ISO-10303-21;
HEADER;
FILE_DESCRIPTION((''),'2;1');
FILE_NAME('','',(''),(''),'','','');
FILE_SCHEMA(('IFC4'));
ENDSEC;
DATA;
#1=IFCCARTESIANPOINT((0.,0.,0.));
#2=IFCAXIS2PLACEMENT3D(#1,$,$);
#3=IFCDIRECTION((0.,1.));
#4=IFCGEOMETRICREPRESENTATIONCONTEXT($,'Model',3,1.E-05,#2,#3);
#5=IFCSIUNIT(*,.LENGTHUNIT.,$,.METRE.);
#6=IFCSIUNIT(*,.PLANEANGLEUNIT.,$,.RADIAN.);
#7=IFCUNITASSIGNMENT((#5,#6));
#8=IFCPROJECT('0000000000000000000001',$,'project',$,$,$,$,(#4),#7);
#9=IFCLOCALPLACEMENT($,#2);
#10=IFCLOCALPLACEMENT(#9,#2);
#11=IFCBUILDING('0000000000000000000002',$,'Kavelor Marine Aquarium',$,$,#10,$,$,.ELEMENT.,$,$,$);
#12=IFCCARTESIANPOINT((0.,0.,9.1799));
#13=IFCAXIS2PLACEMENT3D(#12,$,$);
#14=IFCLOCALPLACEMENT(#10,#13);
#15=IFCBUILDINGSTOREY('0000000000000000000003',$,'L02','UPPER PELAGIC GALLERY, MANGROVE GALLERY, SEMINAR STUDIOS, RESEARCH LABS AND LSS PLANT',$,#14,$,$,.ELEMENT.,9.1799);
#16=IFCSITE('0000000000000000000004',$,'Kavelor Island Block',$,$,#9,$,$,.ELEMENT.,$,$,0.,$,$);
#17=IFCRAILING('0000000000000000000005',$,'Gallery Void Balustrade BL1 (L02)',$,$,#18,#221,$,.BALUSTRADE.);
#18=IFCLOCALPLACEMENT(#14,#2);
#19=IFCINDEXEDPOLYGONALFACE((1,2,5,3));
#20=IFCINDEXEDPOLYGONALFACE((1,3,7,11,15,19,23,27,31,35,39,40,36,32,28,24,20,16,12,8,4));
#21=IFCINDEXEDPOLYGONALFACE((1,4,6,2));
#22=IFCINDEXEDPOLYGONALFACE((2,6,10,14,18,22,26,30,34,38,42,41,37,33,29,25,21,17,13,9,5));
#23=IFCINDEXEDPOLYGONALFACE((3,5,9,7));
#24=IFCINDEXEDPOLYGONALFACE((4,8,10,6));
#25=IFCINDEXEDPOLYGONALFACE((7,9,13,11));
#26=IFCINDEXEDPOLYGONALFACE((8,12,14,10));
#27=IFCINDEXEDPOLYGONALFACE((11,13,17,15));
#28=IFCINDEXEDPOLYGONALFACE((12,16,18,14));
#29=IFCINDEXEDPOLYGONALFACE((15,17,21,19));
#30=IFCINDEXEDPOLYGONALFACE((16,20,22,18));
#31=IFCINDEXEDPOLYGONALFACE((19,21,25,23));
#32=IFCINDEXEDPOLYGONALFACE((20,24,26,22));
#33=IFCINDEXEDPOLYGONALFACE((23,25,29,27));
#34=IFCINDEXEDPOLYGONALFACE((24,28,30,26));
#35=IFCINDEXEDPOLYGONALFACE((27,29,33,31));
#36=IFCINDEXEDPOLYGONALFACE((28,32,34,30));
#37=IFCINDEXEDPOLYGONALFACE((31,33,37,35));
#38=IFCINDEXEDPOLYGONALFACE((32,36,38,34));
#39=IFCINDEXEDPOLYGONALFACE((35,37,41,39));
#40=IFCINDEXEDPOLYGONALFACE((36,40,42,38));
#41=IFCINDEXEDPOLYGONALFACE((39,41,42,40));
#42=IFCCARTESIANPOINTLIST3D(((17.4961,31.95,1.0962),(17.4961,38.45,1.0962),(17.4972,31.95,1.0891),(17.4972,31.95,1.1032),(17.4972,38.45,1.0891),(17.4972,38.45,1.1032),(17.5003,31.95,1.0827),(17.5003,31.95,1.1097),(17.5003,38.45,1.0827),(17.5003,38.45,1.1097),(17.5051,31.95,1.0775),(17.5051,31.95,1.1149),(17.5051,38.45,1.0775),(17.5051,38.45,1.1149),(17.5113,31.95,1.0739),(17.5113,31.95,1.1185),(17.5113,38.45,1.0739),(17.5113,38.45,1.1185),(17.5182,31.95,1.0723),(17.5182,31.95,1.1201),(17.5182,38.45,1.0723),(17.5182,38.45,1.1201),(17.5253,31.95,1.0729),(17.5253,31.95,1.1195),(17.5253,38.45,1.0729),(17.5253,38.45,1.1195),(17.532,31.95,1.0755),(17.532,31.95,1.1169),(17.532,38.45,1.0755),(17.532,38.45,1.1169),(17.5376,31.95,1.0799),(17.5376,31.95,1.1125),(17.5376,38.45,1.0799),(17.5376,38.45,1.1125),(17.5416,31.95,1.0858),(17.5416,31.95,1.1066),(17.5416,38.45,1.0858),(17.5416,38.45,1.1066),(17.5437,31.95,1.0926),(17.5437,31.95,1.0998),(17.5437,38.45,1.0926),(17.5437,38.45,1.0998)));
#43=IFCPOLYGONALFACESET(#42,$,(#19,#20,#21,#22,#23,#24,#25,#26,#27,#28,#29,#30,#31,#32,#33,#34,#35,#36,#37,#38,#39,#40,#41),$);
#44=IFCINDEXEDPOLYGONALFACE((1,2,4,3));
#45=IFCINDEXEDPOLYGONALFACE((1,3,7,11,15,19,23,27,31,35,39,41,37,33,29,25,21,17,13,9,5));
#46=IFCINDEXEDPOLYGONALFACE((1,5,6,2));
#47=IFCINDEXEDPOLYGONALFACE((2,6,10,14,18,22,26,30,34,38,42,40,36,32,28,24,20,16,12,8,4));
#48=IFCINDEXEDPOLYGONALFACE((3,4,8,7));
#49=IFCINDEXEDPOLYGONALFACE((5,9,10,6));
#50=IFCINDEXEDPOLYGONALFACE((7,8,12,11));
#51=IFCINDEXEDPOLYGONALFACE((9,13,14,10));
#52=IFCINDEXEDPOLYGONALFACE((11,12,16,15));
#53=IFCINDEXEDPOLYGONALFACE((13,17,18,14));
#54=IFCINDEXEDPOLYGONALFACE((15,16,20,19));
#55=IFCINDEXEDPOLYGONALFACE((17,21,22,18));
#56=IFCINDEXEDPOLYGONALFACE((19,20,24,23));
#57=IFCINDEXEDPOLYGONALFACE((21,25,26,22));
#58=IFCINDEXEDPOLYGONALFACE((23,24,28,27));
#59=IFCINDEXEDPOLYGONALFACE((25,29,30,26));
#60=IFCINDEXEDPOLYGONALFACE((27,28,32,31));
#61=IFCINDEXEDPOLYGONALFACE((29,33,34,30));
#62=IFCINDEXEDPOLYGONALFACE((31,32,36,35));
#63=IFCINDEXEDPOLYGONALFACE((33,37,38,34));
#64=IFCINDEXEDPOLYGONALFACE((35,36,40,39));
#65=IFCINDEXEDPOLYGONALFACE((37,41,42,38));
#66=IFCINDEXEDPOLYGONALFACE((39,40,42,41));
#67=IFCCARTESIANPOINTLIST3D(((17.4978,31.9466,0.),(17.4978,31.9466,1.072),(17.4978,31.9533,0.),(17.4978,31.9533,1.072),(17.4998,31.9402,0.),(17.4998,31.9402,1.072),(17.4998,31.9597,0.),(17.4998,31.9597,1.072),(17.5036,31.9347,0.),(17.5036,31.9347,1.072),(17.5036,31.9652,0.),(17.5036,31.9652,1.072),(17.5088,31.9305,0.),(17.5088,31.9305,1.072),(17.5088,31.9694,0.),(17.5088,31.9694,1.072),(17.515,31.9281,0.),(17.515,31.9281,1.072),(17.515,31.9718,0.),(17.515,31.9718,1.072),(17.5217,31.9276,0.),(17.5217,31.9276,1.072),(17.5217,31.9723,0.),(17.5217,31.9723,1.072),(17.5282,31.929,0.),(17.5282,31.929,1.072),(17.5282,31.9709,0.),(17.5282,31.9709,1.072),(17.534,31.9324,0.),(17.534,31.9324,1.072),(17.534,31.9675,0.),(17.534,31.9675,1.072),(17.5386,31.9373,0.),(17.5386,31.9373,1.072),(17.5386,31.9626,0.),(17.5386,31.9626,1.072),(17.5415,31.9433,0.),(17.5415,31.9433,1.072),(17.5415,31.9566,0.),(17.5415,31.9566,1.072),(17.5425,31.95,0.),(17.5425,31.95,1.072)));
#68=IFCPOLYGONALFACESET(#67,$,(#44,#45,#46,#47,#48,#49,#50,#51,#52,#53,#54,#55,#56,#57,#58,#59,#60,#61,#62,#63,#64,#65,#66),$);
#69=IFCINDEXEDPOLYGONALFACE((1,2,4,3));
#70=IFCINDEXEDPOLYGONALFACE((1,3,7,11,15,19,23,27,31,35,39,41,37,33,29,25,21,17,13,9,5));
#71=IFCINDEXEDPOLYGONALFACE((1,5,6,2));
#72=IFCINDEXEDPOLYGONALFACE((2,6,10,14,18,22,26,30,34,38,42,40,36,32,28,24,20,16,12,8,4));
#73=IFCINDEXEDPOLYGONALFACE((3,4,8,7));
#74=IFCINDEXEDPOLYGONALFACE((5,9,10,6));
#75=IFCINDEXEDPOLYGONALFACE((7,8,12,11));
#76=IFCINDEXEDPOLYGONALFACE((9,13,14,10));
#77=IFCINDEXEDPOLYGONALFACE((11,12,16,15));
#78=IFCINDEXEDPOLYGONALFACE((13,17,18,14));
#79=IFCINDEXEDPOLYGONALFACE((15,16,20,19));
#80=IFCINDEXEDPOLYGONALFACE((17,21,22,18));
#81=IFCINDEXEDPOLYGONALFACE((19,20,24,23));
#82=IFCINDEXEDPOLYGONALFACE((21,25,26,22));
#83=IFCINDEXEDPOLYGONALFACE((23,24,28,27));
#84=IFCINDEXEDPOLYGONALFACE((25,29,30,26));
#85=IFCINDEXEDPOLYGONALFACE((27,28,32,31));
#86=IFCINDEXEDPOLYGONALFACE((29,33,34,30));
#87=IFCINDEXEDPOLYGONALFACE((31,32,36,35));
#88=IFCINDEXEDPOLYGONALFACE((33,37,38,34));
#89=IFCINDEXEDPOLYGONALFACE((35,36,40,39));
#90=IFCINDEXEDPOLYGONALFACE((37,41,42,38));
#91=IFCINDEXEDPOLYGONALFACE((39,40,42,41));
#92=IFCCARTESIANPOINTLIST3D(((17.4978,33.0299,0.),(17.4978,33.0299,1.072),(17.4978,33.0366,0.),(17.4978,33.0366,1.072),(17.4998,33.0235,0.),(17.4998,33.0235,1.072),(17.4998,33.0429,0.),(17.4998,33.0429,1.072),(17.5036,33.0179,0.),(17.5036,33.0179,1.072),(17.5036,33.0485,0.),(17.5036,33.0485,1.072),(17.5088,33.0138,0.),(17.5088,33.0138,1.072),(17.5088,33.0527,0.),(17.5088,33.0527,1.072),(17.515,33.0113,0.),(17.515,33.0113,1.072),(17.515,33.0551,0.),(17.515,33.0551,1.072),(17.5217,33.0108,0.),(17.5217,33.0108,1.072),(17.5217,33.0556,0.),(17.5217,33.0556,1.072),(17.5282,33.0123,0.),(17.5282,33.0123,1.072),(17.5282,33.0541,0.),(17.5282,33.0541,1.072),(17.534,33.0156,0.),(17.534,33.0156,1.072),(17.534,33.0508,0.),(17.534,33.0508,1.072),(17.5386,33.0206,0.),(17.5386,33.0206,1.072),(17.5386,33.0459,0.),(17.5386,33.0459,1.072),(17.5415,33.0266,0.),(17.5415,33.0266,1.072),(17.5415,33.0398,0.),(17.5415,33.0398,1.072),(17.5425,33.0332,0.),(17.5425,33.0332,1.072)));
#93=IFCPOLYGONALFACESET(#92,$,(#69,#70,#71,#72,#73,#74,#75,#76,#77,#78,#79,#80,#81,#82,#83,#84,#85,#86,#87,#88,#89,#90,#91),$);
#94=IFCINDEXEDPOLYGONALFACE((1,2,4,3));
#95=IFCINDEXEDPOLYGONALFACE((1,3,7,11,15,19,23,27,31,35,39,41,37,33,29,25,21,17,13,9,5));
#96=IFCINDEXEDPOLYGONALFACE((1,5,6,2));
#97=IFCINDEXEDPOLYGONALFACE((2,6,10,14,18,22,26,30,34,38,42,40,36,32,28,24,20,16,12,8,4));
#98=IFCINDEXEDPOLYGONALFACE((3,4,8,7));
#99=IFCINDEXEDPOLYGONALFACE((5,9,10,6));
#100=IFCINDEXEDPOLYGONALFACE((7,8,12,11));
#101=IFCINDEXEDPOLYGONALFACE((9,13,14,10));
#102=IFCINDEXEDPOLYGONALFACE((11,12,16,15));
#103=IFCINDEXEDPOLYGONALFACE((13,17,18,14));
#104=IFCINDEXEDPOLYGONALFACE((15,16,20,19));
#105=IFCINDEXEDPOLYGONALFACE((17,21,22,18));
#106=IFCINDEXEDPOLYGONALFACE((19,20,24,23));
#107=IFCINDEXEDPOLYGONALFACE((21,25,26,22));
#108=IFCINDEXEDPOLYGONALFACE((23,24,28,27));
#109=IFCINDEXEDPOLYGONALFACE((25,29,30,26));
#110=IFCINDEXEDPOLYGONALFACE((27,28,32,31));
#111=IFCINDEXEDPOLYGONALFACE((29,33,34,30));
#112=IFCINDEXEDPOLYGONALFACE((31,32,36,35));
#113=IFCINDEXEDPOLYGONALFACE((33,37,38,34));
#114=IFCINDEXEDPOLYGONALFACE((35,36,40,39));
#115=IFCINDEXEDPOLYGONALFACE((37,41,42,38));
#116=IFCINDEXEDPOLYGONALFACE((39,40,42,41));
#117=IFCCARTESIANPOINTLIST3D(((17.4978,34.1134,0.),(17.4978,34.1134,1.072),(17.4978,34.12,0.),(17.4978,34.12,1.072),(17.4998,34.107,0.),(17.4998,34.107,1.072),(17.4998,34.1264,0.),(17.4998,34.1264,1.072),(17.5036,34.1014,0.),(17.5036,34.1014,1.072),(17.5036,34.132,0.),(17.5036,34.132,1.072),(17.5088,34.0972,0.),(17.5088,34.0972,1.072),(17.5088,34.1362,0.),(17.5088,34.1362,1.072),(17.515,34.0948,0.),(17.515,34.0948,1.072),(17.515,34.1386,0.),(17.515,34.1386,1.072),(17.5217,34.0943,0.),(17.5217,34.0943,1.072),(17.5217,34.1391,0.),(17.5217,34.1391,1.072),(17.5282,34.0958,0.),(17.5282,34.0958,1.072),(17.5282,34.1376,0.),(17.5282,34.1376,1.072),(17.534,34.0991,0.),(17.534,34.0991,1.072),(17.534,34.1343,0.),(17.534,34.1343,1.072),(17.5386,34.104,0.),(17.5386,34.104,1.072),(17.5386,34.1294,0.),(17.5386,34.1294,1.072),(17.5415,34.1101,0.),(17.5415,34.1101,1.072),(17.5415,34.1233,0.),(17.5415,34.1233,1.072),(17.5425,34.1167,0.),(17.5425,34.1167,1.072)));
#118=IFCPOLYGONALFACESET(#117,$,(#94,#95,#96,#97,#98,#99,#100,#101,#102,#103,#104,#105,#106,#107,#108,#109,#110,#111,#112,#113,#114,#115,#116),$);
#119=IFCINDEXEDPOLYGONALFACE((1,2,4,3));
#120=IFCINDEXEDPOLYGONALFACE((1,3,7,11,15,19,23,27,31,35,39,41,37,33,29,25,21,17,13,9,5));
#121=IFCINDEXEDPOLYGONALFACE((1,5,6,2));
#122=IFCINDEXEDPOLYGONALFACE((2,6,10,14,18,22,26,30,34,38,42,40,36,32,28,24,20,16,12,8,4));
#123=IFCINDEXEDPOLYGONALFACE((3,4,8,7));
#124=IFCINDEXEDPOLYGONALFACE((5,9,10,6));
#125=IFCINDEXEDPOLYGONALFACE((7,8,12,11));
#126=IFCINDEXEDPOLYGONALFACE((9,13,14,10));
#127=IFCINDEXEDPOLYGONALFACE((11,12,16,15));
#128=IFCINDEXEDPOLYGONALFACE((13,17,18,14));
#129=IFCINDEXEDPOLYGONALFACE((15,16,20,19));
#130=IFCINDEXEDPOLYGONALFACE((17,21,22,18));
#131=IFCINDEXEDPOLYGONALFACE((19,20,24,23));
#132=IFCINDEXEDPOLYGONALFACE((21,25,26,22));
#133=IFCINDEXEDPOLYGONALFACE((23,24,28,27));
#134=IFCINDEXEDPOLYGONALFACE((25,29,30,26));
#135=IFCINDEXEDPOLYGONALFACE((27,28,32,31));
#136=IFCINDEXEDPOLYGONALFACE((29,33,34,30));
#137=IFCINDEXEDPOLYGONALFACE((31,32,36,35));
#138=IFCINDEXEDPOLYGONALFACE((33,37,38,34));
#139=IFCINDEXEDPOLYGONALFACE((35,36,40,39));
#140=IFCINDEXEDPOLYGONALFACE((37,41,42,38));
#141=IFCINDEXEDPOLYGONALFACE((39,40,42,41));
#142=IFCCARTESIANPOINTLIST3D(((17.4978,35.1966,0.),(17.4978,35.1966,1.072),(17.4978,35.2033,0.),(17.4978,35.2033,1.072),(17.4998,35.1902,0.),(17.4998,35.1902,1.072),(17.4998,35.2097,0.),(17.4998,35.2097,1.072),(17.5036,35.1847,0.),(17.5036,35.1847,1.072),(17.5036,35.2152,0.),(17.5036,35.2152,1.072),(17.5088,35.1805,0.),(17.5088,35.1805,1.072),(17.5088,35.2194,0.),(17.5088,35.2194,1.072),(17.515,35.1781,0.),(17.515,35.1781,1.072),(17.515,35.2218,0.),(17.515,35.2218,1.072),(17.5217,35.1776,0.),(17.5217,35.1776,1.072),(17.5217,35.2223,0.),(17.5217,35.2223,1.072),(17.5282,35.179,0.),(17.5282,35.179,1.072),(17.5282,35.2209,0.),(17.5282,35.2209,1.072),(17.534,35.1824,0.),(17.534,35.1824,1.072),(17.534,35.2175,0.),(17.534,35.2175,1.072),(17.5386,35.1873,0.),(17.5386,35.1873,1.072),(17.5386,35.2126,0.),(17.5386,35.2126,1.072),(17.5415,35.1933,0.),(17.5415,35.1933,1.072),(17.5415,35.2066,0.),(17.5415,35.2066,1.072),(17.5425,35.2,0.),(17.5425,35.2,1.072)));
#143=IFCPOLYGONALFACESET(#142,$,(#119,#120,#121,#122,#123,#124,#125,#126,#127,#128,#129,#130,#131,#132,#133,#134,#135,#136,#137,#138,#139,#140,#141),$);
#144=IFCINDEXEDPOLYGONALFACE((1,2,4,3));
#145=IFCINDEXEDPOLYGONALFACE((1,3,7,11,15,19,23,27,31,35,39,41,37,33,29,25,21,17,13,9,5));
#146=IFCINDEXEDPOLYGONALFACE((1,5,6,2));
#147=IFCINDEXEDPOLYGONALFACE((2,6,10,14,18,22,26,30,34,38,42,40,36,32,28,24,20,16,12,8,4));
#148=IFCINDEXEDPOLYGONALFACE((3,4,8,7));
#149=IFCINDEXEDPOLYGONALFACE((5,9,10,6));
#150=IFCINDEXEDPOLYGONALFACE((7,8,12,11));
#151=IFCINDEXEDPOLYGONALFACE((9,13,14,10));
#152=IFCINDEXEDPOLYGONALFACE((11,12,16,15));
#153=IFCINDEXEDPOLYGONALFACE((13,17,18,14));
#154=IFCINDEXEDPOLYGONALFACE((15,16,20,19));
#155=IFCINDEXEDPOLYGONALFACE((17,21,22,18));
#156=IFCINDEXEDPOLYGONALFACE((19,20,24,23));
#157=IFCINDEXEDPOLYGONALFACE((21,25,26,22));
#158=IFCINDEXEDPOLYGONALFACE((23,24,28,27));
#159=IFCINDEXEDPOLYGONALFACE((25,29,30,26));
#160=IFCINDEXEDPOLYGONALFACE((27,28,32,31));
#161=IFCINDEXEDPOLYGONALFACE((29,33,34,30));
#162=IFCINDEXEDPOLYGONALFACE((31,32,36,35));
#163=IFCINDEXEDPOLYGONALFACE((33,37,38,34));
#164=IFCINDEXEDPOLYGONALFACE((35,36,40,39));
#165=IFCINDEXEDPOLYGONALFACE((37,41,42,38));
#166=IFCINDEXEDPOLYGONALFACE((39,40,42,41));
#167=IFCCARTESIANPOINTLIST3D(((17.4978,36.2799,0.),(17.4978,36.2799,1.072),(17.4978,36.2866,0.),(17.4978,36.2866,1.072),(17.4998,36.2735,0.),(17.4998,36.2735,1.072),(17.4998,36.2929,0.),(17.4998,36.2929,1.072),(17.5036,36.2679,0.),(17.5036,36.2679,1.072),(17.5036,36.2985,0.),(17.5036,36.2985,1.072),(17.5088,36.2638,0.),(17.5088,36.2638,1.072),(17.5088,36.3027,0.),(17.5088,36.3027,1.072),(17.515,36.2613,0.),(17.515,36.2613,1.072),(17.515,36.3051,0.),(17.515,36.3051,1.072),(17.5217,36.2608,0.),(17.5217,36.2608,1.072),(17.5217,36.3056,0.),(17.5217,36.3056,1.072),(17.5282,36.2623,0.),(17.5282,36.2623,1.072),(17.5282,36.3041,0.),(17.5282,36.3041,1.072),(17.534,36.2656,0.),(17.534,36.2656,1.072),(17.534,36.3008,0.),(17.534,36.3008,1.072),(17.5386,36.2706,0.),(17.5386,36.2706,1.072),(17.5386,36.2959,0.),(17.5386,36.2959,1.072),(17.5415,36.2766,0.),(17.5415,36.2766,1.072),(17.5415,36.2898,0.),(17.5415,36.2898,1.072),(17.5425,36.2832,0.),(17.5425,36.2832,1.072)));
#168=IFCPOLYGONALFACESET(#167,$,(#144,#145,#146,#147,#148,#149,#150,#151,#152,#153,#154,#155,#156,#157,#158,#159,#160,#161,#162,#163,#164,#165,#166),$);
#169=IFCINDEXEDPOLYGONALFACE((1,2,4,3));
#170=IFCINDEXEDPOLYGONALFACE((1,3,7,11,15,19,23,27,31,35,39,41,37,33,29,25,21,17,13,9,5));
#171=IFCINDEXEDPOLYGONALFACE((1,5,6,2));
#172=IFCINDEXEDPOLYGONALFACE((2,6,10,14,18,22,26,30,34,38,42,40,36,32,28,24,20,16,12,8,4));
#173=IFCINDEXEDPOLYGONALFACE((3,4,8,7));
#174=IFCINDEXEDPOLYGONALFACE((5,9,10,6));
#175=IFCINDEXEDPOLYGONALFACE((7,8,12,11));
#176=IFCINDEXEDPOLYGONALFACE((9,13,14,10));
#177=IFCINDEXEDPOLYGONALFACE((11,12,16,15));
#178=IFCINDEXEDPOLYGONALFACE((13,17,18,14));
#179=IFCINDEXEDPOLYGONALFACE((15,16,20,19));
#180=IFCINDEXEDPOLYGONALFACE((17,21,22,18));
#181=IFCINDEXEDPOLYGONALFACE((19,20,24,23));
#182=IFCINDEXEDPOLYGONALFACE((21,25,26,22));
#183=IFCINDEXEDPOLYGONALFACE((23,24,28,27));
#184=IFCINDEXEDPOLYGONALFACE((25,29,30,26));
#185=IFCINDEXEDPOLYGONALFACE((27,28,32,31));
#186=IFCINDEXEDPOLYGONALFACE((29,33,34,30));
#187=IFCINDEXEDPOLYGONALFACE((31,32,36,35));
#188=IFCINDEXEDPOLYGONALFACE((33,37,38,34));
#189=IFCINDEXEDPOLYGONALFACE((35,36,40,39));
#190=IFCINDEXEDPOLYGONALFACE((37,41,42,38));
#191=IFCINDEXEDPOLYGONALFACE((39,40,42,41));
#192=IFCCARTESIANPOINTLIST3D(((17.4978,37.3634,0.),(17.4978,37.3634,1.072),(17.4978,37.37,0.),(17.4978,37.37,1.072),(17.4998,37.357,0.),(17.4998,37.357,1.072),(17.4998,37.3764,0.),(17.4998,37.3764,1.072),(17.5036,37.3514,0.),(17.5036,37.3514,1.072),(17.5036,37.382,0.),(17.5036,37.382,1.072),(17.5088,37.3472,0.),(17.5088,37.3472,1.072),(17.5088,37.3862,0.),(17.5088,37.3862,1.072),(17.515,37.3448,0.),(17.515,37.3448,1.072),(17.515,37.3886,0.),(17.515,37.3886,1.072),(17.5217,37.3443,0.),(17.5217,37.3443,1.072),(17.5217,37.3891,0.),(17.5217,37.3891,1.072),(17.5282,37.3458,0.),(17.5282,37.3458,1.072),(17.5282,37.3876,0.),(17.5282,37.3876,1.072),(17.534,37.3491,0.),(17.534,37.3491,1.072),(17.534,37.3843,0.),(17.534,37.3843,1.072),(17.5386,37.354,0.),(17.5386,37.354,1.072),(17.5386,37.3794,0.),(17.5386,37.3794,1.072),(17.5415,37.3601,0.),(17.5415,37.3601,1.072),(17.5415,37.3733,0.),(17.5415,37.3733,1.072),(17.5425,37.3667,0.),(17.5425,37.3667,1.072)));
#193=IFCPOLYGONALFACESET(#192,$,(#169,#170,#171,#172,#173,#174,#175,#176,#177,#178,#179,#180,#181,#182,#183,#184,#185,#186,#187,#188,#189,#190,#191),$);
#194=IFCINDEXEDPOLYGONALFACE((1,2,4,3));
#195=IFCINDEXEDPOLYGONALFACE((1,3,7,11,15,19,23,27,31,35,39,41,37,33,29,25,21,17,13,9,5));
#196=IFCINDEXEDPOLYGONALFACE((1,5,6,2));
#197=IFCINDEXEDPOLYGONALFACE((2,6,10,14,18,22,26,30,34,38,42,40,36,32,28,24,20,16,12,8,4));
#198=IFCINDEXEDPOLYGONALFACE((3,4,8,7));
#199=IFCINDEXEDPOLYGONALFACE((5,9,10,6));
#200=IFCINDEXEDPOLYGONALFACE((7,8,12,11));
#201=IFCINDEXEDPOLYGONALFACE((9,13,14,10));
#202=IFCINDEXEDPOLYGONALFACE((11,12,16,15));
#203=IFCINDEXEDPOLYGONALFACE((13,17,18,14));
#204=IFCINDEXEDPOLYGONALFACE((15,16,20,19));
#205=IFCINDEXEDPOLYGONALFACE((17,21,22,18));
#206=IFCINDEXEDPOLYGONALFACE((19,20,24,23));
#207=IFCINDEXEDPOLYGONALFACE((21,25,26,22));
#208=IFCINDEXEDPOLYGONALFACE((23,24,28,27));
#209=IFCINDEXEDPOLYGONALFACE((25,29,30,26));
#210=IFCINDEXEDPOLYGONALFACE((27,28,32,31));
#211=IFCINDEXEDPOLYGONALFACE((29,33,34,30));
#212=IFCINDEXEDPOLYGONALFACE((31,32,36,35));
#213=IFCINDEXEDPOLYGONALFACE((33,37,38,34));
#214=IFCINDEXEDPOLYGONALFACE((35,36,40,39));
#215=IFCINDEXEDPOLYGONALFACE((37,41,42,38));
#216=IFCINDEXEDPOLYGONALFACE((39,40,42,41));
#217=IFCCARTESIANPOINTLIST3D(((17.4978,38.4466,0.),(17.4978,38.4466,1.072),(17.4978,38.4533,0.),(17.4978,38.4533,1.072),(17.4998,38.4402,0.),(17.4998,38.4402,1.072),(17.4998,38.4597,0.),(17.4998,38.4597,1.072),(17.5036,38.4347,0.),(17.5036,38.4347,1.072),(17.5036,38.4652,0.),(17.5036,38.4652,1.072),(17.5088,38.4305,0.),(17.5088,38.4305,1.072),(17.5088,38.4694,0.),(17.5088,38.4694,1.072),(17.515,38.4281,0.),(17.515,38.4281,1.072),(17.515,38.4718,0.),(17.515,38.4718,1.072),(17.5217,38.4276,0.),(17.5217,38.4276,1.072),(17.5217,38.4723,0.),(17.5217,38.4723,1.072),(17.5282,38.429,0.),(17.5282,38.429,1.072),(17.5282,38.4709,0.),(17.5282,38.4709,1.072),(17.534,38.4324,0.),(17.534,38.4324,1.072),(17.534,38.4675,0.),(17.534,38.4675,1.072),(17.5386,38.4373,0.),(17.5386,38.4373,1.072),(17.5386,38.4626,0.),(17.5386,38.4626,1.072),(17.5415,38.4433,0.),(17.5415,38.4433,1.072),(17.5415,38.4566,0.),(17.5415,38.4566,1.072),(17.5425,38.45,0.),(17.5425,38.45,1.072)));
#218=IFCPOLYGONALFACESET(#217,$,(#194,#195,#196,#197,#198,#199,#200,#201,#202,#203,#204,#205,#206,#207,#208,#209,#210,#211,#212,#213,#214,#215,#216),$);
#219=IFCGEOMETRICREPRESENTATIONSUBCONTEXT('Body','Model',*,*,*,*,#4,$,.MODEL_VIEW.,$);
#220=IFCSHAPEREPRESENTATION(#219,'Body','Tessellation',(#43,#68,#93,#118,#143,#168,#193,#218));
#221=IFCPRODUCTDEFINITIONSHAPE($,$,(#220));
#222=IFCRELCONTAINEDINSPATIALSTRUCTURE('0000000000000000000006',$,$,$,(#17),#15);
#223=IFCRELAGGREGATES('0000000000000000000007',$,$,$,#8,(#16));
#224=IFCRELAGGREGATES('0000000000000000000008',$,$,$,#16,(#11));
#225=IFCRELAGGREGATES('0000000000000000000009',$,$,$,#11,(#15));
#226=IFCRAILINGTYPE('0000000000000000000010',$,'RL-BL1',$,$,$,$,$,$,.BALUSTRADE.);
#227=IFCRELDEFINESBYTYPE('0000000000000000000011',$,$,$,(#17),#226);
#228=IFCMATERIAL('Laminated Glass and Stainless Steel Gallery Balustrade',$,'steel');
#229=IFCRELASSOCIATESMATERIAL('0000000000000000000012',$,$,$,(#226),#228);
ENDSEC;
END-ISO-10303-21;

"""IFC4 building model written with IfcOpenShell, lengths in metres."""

from ifc_helpers import new_model, si_unit, direction, frame, origin, origin_2d, place, context, subcontext, project, spatial, circle, extrude, material, type_object, element, save


model = new_model("IFC4")

# Units and contexts
model_context = context("Model", 3, precision=1e-05, world=origin(), true_north=direction((0.0, 1.0)))
body_context = subcontext(model_context, "Body", "Model", "MODEL_VIEW")
ifc_project = project(units=[si_unit("LENGTHUNIT", "METRE"), si_unit("PLANEANGLEUNIT", "RADIAN")], contexts=[model_context])

# Site, building, storey
site_placement = place(None, origin())
site = spatial("IfcSite", under=ifc_project, at=site_placement, Name="Kavelor Island Block", CompositionType="ELEMENT", RefElevation=0.0)
building_placement = place(site_placement, origin())
building = spatial("IfcBuilding", under=site, at=building_placement, Name="Kavelor Marine Aquarium", CompositionType="ELEMENT")
storey_placement = place(building_placement, frame((0.0, 0.0, 9.1799)))
storey = spatial("IfcBuildingStorey", under=building, at=storey_placement, Name="L02", Description="UPPER PELAGIC GALLERY, MANGROVE GALLERY, SEMINAR STUDIOS, RESEARCH LABS AND LSS PLANT", CompositionType="ELEMENT", Elevation=9.1799)

# Railing
ifc_material_1 = material(Name="Laminated Glass and Stainless Steel Gallery Balustrade", Category="steel")
railing_type = type_object("IfcRailingType", Name="RL-BL1", PredefinedType="BALUSTRADE", material=ifc_material_1)
railing_placement = place(storey_placement, frame((17.52, 31.95, 0.0)))
element("IfcRailing", 1, at=railing_placement, inside=storey, type_object=railing_type, Name="Gallery Void Balustrade BL1 (L02)", PredefinedType="BALUSTRADE", context=body_context, shape_type="SweptSolid", body=[
    extrude(circle(Radius=0.0239, at=origin_2d()), frame((0.0, 0.0, 1.0962), z_axis=(0.0, 1.0, 0.0), x_axis=(-1.0, 0.0, 0.0)), (0.0, 0.0, 1.0), 6.5),
    extrude(circle(Radius=0.0225, at=origin_2d()), origin(), (0.0, 0.0, 1.0), 1.072),
    extrude(circle(Radius=0.0225, at=origin_2d()), frame((0.0, 1.0833, 0.0)), (0.0, 0.0, 1.0), 1.072),
    extrude(circle(Radius=0.0225, at=origin_2d()), frame((0.0, 2.1667, 0.0)), (0.0, 0.0, 1.0), 1.072),
    extrude(circle(Radius=0.0225, at=origin_2d()), frame((0.0, 3.25, 0.0)), (0.0, 0.0, 1.0), 1.072),
    extrude(circle(Radius=0.0225, at=origin_2d()), frame((0.0, 4.3333, 0.0)), (0.0, 0.0, 1.0), 1.072),
    extrude(circle(Radius=0.0225, at=origin_2d()), frame((0.0, 5.4167, 0.0)), (0.0, 0.0, 1.0), 1.072),
    extrude(circle(Radius=0.0225, at=origin_2d()), frame((0.0, 6.5, 0.0)), (0.0, 0.0, 1.0), 1.072),
])

save(model, "model.ifc")
